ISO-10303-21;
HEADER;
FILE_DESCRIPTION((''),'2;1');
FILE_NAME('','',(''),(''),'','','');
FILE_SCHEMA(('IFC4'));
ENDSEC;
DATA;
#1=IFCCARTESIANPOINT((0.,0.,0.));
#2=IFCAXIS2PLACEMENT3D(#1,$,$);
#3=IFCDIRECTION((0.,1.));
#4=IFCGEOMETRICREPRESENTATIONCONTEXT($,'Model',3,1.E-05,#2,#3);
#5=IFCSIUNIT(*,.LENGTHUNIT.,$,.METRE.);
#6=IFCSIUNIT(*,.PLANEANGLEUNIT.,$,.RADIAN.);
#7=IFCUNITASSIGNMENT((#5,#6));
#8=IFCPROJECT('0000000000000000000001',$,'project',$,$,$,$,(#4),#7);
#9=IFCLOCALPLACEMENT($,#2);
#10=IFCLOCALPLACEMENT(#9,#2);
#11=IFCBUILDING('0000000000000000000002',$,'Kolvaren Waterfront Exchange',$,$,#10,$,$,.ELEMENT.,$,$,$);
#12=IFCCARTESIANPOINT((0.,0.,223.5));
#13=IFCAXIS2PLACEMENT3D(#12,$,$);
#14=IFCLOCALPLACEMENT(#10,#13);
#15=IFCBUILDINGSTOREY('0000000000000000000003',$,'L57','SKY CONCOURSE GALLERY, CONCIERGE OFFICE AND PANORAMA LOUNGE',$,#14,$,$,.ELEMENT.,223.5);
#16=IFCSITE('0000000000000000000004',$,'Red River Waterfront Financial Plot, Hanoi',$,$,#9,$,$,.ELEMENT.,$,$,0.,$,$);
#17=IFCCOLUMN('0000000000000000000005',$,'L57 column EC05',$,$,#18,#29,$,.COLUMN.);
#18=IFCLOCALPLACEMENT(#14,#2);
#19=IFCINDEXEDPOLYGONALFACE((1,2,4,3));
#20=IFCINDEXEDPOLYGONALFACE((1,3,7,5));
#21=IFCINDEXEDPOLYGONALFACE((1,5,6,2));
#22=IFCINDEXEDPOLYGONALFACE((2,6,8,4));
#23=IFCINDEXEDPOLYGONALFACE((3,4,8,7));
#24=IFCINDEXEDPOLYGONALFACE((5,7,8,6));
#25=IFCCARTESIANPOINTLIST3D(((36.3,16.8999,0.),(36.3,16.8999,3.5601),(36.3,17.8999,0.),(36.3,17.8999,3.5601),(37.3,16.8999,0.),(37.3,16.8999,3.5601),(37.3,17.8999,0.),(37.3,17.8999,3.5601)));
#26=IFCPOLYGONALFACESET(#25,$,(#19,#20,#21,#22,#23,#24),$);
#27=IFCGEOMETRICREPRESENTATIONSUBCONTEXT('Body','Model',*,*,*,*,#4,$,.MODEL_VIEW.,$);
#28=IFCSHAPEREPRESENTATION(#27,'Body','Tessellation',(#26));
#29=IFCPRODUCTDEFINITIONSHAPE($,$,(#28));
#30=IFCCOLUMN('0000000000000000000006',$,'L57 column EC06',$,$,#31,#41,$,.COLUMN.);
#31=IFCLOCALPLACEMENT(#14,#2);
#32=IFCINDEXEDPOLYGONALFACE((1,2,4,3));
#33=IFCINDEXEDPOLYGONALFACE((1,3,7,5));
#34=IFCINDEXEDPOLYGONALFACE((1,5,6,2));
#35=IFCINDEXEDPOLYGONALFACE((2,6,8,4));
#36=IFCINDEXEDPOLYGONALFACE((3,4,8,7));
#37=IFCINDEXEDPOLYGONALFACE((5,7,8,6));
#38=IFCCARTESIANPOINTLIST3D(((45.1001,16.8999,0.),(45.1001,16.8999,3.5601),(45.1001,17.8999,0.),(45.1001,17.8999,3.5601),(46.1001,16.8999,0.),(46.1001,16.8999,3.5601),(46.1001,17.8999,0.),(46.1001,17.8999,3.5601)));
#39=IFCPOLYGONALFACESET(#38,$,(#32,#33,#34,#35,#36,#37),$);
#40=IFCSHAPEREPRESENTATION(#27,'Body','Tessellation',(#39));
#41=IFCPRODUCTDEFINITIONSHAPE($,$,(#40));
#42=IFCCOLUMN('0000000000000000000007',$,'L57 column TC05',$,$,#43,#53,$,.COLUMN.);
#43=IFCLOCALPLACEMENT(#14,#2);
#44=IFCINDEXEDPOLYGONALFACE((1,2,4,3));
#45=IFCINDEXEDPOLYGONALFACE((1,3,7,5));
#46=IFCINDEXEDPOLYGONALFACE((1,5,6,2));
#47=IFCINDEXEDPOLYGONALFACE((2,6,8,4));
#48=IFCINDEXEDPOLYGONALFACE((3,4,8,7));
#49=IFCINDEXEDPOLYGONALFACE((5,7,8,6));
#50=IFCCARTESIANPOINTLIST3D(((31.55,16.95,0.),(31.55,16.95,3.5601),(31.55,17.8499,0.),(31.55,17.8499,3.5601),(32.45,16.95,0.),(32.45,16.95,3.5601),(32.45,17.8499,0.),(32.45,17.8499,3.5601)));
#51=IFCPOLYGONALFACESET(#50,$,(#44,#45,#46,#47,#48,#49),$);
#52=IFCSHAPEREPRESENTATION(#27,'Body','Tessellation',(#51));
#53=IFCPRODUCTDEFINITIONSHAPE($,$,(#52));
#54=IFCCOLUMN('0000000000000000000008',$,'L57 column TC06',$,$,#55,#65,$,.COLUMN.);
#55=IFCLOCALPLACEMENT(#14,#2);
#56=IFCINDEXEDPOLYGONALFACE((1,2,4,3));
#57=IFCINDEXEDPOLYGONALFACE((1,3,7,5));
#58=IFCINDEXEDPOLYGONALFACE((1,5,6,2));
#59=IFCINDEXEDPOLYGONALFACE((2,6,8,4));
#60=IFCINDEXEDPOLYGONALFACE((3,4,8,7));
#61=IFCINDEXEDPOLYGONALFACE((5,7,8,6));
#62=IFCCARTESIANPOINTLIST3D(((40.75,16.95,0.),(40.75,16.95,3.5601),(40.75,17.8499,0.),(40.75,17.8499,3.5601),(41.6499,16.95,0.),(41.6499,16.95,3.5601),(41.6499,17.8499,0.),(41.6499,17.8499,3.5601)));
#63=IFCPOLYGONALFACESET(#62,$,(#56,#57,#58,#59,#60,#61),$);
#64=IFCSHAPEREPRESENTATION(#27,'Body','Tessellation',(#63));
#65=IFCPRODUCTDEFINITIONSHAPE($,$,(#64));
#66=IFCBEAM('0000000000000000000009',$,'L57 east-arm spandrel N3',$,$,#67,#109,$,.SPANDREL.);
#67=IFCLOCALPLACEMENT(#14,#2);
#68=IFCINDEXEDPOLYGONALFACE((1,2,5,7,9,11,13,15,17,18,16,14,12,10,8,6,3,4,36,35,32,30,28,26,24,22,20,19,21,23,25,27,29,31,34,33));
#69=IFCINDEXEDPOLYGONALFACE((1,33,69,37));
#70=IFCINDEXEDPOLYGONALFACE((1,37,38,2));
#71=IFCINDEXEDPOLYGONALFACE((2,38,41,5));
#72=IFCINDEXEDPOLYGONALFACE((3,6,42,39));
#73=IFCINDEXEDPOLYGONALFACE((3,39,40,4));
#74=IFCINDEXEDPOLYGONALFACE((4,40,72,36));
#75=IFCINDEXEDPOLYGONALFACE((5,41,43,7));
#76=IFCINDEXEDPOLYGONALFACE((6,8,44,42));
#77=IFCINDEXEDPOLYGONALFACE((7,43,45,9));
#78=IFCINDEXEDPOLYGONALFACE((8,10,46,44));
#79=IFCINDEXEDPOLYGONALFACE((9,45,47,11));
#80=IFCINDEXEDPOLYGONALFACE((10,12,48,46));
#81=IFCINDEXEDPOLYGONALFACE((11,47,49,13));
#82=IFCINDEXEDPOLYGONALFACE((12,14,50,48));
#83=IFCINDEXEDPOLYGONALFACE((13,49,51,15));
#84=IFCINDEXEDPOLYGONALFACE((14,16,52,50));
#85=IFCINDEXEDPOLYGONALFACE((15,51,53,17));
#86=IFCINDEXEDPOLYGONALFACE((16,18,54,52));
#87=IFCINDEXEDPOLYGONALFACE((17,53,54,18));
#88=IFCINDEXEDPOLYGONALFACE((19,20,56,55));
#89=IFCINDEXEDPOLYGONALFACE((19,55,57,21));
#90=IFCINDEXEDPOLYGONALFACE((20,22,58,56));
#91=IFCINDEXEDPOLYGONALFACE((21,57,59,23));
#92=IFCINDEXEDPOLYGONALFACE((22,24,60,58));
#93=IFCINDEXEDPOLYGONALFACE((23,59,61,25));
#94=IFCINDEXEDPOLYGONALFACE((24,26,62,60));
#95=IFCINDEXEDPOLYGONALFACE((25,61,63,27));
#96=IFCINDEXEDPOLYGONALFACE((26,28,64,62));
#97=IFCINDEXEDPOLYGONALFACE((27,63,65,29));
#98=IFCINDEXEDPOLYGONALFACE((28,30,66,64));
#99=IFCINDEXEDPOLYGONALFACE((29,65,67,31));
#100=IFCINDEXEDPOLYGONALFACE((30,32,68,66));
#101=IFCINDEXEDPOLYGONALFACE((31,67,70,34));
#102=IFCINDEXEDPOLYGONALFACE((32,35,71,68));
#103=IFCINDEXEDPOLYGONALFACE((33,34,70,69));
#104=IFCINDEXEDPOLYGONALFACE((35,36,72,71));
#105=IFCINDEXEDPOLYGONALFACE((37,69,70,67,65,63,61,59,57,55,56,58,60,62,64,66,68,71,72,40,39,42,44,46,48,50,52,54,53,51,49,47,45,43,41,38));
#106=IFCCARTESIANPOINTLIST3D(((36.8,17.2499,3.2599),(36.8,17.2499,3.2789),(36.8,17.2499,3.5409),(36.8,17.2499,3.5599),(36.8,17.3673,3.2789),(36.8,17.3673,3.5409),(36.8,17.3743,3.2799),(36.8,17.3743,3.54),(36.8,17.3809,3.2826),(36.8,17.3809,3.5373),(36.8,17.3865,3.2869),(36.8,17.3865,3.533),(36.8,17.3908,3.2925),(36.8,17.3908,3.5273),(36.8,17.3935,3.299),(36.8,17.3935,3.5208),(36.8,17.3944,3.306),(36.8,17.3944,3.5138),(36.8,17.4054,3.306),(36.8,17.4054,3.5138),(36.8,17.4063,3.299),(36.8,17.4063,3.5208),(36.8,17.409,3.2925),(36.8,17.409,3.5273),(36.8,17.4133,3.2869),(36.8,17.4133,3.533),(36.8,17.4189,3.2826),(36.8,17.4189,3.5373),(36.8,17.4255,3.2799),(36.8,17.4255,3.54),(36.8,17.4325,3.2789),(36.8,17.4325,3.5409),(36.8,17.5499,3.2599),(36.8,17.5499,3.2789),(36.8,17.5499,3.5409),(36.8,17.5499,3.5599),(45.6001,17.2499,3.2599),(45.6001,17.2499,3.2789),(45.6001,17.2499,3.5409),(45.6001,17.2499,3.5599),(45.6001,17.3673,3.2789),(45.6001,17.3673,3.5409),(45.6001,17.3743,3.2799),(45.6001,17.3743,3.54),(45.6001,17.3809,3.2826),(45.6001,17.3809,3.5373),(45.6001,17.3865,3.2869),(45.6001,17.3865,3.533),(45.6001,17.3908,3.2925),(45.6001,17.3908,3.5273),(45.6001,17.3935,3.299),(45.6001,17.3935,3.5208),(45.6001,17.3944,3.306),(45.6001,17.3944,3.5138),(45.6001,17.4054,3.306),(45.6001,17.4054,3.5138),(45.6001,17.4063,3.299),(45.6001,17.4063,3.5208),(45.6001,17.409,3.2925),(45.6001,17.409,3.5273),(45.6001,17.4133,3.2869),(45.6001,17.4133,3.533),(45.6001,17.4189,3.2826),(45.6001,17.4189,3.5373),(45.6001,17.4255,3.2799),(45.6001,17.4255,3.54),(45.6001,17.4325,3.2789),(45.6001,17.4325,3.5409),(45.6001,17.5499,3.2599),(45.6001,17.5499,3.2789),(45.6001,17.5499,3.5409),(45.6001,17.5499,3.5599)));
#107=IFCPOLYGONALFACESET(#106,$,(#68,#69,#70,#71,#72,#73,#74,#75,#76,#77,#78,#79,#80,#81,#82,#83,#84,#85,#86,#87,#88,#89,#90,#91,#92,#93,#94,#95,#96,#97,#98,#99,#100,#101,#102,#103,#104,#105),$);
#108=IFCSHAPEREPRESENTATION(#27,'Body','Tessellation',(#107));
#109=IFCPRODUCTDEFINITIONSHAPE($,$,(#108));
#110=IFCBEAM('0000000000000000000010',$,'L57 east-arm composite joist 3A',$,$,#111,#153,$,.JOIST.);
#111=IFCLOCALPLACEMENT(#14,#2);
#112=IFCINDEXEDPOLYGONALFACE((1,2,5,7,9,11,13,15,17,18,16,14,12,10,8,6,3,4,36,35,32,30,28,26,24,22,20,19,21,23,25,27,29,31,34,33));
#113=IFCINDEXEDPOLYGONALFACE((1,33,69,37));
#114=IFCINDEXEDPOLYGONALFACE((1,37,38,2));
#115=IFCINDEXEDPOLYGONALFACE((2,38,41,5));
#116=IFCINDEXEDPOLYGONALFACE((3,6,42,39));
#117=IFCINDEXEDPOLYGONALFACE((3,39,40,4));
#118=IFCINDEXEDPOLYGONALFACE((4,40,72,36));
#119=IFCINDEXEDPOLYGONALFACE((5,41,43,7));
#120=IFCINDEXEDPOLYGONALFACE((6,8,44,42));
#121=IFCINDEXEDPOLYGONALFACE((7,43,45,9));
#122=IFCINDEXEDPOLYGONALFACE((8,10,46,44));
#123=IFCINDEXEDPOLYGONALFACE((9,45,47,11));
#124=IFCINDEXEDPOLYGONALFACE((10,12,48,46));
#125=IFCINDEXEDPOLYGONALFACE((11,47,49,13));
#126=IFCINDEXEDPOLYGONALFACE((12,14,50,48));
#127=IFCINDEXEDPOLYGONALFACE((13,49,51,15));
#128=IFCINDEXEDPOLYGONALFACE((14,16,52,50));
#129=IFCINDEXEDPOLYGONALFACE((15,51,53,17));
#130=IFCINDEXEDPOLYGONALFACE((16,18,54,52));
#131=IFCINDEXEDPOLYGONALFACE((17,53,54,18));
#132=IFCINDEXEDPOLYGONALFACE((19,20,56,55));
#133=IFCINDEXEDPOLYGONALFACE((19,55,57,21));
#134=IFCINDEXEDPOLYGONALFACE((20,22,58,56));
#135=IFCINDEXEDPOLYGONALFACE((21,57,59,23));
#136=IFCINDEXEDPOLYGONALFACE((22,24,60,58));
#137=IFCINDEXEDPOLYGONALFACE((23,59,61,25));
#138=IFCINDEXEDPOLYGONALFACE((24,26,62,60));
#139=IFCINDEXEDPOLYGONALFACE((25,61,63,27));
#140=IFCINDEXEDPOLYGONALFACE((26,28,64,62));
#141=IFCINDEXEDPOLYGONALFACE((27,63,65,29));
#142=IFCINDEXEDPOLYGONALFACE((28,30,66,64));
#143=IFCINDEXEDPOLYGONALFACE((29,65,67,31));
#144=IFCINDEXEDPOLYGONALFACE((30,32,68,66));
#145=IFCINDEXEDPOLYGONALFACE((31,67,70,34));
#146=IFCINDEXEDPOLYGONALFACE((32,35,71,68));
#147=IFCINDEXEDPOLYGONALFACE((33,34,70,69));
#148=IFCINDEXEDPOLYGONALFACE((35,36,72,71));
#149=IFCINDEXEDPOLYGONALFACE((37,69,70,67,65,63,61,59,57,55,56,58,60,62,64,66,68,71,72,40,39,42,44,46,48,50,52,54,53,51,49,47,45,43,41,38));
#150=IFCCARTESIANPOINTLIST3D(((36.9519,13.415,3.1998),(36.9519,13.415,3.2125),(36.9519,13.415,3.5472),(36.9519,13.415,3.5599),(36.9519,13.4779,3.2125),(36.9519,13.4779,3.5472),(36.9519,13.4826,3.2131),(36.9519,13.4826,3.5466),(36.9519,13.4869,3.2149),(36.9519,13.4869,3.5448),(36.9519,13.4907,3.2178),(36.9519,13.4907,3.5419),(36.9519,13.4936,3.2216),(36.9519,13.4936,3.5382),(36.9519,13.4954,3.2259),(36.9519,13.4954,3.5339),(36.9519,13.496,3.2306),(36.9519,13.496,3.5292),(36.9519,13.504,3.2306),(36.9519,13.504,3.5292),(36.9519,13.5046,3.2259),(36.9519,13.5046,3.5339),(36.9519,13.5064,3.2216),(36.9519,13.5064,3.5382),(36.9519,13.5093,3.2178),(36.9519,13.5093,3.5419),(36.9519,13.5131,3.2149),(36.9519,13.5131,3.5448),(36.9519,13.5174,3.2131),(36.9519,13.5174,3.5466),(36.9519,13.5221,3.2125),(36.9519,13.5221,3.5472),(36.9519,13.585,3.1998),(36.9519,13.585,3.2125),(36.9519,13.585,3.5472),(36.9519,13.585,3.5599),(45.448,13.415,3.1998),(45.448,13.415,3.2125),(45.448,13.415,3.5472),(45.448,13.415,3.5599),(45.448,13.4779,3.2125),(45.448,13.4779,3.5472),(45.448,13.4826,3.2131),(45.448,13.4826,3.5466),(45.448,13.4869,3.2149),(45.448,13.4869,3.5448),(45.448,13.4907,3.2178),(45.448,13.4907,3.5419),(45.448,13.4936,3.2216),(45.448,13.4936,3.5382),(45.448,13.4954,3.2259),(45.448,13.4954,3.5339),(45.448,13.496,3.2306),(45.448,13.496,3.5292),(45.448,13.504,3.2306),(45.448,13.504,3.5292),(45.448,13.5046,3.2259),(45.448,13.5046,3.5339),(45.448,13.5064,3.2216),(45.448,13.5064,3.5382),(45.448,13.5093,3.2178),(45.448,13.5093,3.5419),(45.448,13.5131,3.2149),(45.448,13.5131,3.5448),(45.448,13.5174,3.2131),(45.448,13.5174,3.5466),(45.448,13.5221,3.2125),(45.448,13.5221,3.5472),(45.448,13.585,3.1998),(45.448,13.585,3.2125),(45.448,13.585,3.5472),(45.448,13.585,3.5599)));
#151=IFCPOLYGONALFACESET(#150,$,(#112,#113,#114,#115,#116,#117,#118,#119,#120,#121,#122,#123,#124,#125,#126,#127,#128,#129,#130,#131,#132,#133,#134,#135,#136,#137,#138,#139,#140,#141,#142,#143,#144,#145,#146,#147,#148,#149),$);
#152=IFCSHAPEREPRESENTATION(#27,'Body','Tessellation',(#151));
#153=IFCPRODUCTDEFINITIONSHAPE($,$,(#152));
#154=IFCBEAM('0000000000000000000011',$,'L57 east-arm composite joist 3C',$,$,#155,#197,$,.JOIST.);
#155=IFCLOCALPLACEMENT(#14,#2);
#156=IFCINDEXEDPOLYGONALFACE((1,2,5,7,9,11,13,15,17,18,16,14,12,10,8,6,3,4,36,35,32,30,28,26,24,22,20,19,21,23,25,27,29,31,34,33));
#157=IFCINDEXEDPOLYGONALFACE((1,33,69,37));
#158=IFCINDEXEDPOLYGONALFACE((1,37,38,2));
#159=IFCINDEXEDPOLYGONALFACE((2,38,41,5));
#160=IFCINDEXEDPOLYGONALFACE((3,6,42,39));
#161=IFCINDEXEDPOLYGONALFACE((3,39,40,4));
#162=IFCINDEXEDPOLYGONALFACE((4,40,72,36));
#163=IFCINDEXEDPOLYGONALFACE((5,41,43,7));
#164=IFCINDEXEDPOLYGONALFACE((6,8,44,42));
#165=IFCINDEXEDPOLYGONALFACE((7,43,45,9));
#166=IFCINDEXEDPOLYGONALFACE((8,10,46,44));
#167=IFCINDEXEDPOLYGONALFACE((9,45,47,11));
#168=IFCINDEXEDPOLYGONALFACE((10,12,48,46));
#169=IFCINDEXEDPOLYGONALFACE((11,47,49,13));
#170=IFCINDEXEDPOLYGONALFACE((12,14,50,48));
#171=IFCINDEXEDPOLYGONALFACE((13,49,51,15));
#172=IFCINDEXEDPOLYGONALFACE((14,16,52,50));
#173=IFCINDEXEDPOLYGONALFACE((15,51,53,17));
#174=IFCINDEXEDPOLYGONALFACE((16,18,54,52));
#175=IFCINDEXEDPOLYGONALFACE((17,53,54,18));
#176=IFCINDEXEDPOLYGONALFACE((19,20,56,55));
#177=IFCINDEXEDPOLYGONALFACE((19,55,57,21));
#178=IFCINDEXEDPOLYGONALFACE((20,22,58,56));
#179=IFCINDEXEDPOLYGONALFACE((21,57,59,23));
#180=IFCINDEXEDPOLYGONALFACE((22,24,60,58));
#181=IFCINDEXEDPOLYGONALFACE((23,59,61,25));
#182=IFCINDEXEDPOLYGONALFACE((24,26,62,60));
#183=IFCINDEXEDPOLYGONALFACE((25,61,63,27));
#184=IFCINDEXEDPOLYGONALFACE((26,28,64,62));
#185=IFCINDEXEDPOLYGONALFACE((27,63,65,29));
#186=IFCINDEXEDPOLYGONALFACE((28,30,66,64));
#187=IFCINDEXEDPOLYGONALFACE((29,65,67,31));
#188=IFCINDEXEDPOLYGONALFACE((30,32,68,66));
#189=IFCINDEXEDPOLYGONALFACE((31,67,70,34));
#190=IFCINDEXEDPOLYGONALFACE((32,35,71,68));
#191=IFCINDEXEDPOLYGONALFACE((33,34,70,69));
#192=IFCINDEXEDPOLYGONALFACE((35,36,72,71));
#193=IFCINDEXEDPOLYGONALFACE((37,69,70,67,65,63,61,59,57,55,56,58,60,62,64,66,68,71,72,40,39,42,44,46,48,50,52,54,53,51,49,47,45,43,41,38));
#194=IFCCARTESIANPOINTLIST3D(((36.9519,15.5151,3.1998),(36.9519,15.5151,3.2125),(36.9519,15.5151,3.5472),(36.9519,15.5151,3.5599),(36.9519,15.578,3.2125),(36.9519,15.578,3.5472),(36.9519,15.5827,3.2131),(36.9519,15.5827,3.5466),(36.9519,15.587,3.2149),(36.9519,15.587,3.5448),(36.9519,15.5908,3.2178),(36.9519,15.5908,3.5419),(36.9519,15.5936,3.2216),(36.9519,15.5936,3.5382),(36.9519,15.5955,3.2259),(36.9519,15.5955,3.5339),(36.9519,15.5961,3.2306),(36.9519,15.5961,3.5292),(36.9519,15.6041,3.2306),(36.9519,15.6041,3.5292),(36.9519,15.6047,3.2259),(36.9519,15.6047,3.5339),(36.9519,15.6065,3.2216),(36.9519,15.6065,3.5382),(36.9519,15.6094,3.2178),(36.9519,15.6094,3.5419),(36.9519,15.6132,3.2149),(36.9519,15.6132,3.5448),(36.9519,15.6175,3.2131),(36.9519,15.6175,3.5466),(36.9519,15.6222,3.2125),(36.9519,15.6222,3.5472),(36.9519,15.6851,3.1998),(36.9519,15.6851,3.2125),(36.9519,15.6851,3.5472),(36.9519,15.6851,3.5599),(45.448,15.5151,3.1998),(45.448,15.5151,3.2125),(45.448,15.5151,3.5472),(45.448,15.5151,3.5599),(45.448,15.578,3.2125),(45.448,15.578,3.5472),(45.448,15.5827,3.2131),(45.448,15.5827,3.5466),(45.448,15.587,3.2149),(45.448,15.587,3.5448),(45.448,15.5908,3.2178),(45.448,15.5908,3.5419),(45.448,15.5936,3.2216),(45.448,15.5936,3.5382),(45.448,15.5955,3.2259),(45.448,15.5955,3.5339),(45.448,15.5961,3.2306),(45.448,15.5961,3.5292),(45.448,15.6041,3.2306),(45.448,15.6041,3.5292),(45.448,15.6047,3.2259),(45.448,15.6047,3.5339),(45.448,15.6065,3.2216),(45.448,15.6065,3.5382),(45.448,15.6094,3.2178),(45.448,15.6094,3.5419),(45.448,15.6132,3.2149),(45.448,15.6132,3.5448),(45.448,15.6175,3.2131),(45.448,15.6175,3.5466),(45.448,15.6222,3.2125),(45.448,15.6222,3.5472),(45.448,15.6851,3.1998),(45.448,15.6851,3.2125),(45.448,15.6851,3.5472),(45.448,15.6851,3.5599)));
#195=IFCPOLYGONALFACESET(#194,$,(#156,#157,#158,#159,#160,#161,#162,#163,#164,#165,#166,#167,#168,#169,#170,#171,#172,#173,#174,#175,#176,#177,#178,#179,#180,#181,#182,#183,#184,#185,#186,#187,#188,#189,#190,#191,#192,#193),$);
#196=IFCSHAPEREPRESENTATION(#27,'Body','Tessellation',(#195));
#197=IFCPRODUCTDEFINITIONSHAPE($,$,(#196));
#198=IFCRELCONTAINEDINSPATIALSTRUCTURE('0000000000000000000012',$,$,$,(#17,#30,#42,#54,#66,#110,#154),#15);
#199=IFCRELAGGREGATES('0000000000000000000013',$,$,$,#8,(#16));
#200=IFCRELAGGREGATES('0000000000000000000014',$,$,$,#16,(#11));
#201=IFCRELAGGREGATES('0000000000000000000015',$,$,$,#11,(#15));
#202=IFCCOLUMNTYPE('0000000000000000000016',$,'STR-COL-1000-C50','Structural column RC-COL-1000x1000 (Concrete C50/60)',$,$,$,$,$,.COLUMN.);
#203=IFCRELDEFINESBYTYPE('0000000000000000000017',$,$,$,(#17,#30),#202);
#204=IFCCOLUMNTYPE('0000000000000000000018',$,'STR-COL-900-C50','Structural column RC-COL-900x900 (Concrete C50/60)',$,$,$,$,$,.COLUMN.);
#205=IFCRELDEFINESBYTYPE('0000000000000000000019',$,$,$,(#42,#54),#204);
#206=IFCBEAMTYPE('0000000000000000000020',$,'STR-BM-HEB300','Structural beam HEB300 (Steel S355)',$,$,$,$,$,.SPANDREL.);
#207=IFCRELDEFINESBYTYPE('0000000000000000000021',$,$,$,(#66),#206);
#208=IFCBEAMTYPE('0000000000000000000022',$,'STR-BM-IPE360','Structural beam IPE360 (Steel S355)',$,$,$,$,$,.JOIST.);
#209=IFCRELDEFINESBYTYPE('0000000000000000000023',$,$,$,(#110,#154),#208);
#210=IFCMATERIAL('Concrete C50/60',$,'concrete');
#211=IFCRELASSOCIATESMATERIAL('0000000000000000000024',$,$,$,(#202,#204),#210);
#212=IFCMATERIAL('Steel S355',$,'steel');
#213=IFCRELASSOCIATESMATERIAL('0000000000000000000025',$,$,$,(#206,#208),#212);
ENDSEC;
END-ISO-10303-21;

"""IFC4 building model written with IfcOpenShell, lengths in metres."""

from ifc_helpers import new_model, si_unit, direction, frame, origin, origin_2d, place, context, subcontext, project, spatial, rectangle, i_section, extrude, material, material_profile, profile_set, type_object, element, save


model = new_model("IFC4")

# Units and contexts
model_context = context("Model", 3, precision=1e-05, world=origin(), true_north=direction((0.0, 1.0)))
body_context = subcontext(model_context, "Body", "Model", "MODEL_VIEW")
ifc_project = project(units=[si_unit("LENGTHUNIT", "METRE"), si_unit("PLANEANGLEUNIT", "RADIAN")], contexts=[model_context])

# Site, building, storey
site_placement = place(None, origin())
site = spatial("IfcSite", under=ifc_project, at=site_placement, Name="Red River Waterfront Financial Plot, Hanoi", CompositionType="ELEMENT", RefElevation=0.0)
building_placement = place(site_placement, origin())
building = spatial("IfcBuilding", under=site, at=building_placement, Name="Kolvaren Waterfront Exchange", CompositionType="ELEMENT")
storey_placement = place(building_placement, frame((0.0, 0.0, 223.5)))
storey = spatial("IfcBuildingStorey", under=building, at=storey_placement, Name="L57", Description="SKY CONCOURSE GALLERY, CONCIERGE OFFICE AND PANORAMA LOUNGE", CompositionType="ELEMENT", Elevation=223.5)

# Columns
ifc_material_1 = material(Name="Concrete C50/60", Category="concrete")
ifc_material_profile_1 = material_profile(ifc_material_1, rectangle(XDim=1.0, YDim=1.0, at=origin_2d()), Name="RC-COL-1000x1000")
ifc_profile_set_1 = profile_set([ifc_material_profile_1], Name="Concrete C50/60")
column_type_1 = type_object("IfcColumnType", Name="STR-COL-1000-C50", Description="Structural column RC-COL-1000x1000 (Concrete C50/60)", PredefinedType="COLUMN", material=ifc_profile_set_1)
for number, where, z_axis, x_axis, name in (
    (1, (36.8, 17.3999, 0.0), (0.0, 0.0, 1.0), (1.0, 0.0, 0.0), "L57 column EC05"),
    (2, (45.6001, 17.3999, 0.0), (0.0, 0.0, 1.0), (1.0, 0.0, 0.0), "L57 column EC06"),
):
    element("IfcColumn", number, at=place(storey_placement, frame(where, z_axis=z_axis, x_axis=x_axis)), inside=storey, type_object=column_type_1, Name=name, PredefinedType="COLUMN", context=body_context, shape_type="SweptSolid", body=[
        extrude(rectangle(XDim=1.0, YDim=1.0, at=origin_2d()), origin(), (0.0, 0.0, 1.0), 3.5601),
    ])
ifc_material_profile_2 = material_profile(ifc_material_1, rectangle(XDim=0.8999, YDim=0.8999, at=origin_2d()), Name="RC-COL-900x900")
ifc_profile_set_2 = profile_set([ifc_material_profile_2], Name="Concrete C50/60")
column_type_2 = type_object("IfcColumnType", Name="STR-COL-900-C50", Description="Structural column RC-COL-900x900 (Concrete C50/60)", PredefinedType="COLUMN", material=ifc_profile_set_2)
for number, where, z_axis, x_axis, name in (
    (3, (32.0, 17.3999, 0.0), (0.0, 0.0, 1.0), (1.0, 0.0, 0.0), "L57 column TC05"),
    (4, (41.2, 17.3999, 0.0), (0.0, 0.0, 1.0), (1.0, 0.0, 0.0), "L57 column TC06"),
):
    element("IfcColumn", number, at=place(storey_placement, frame(where, z_axis=z_axis, x_axis=x_axis)), inside=storey, type_object=column_type_2, Name=name, PredefinedType="COLUMN", context=body_context, shape_type="SweptSolid", body=[
        extrude(rectangle(XDim=0.8999, YDim=0.8999, at=origin_2d()), origin(), (0.0, 0.0, 1.0), 3.5601),
    ])

# Beams
ifc_material_2 = material(Name="Steel S355", Category="steel")
ifc_material_profile_3 = material_profile(ifc_material_2, i_section(OverallWidth=0.3, OverallDepth=0.3, WebThickness=0.011, FlangeThickness=0.019, FilletRadius=0.0271, at=origin_2d()), Name="HEB300")
ifc_profile_set_3 = profile_set([ifc_material_profile_3], Name="Steel S355")
beam_type_1 = type_object("IfcBeamType", Name="STR-BM-HEB300", Description="Structural beam HEB300 (Steel S355)", PredefinedType="SPANDREL", material=ifc_profile_set_3)
beam_placement = place(storey_placement, frame((36.8, 17.3999, 3.4099), z_axis=(1.0, 0.0, 0.0), x_axis=(0.0, 1.0, 0.0)))
element("IfcBeam", 5, at=beam_placement, inside=storey, type_object=beam_type_1, Name="L57 east-arm spandrel N3", PredefinedType="SPANDREL", context=body_context, shape_type="SweptSolid", body=[
    extrude(i_section(OverallWidth=0.3, OverallDepth=0.3, WebThickness=0.011, FlangeThickness=0.019, FilletRadius=0.0271, at=origin_2d()), origin(), (0.0, 0.0, 1.0), 8.8),
])
ifc_material_profile_4 = material_profile(ifc_material_2, i_section(OverallWidth=0.1699, OverallDepth=0.3601, WebThickness=0.0081, FlangeThickness=0.0127, FilletRadius=0.0181, at=origin_2d()), Name="IPE360")
ifc_profile_set_4 = profile_set([ifc_material_profile_4], Name="Steel S355")
beam_type_2 = type_object("IfcBeamType", Name="STR-BM-IPE360", Description="Structural beam IPE360 (Steel S355)", PredefinedType="JOIST", material=ifc_profile_set_4)
for number, where, z_axis, x_axis, name in (
    (6, (36.9519, 13.5, 3.3799), (1.0, 0.0, 0.0), (0.0, 1.0, 0.0), "L57 east-arm composite joist 3A"),
    (7, (36.9519, 15.6001, 3.3799), (1.0, 0.0, 0.0), (0.0, 1.0, 0.0), "L57 east-arm composite joist 3C"),
):
    element("IfcBeam", number, at=place(storey_placement, frame(where, z_axis=z_axis, x_axis=x_axis)), inside=storey, type_object=beam_type_2, Name=name, PredefinedType="JOIST", context=body_context, shape_type="SweptSolid", body=[
        extrude(i_section(OverallWidth=0.1699, OverallDepth=0.3601, WebThickness=0.0081, FlangeThickness=0.0127, FilletRadius=0.0181, at=origin_2d()), origin(), (0.0, 0.0, 1.0), 8.4961),
    ])

save(model, "model.ifc")
